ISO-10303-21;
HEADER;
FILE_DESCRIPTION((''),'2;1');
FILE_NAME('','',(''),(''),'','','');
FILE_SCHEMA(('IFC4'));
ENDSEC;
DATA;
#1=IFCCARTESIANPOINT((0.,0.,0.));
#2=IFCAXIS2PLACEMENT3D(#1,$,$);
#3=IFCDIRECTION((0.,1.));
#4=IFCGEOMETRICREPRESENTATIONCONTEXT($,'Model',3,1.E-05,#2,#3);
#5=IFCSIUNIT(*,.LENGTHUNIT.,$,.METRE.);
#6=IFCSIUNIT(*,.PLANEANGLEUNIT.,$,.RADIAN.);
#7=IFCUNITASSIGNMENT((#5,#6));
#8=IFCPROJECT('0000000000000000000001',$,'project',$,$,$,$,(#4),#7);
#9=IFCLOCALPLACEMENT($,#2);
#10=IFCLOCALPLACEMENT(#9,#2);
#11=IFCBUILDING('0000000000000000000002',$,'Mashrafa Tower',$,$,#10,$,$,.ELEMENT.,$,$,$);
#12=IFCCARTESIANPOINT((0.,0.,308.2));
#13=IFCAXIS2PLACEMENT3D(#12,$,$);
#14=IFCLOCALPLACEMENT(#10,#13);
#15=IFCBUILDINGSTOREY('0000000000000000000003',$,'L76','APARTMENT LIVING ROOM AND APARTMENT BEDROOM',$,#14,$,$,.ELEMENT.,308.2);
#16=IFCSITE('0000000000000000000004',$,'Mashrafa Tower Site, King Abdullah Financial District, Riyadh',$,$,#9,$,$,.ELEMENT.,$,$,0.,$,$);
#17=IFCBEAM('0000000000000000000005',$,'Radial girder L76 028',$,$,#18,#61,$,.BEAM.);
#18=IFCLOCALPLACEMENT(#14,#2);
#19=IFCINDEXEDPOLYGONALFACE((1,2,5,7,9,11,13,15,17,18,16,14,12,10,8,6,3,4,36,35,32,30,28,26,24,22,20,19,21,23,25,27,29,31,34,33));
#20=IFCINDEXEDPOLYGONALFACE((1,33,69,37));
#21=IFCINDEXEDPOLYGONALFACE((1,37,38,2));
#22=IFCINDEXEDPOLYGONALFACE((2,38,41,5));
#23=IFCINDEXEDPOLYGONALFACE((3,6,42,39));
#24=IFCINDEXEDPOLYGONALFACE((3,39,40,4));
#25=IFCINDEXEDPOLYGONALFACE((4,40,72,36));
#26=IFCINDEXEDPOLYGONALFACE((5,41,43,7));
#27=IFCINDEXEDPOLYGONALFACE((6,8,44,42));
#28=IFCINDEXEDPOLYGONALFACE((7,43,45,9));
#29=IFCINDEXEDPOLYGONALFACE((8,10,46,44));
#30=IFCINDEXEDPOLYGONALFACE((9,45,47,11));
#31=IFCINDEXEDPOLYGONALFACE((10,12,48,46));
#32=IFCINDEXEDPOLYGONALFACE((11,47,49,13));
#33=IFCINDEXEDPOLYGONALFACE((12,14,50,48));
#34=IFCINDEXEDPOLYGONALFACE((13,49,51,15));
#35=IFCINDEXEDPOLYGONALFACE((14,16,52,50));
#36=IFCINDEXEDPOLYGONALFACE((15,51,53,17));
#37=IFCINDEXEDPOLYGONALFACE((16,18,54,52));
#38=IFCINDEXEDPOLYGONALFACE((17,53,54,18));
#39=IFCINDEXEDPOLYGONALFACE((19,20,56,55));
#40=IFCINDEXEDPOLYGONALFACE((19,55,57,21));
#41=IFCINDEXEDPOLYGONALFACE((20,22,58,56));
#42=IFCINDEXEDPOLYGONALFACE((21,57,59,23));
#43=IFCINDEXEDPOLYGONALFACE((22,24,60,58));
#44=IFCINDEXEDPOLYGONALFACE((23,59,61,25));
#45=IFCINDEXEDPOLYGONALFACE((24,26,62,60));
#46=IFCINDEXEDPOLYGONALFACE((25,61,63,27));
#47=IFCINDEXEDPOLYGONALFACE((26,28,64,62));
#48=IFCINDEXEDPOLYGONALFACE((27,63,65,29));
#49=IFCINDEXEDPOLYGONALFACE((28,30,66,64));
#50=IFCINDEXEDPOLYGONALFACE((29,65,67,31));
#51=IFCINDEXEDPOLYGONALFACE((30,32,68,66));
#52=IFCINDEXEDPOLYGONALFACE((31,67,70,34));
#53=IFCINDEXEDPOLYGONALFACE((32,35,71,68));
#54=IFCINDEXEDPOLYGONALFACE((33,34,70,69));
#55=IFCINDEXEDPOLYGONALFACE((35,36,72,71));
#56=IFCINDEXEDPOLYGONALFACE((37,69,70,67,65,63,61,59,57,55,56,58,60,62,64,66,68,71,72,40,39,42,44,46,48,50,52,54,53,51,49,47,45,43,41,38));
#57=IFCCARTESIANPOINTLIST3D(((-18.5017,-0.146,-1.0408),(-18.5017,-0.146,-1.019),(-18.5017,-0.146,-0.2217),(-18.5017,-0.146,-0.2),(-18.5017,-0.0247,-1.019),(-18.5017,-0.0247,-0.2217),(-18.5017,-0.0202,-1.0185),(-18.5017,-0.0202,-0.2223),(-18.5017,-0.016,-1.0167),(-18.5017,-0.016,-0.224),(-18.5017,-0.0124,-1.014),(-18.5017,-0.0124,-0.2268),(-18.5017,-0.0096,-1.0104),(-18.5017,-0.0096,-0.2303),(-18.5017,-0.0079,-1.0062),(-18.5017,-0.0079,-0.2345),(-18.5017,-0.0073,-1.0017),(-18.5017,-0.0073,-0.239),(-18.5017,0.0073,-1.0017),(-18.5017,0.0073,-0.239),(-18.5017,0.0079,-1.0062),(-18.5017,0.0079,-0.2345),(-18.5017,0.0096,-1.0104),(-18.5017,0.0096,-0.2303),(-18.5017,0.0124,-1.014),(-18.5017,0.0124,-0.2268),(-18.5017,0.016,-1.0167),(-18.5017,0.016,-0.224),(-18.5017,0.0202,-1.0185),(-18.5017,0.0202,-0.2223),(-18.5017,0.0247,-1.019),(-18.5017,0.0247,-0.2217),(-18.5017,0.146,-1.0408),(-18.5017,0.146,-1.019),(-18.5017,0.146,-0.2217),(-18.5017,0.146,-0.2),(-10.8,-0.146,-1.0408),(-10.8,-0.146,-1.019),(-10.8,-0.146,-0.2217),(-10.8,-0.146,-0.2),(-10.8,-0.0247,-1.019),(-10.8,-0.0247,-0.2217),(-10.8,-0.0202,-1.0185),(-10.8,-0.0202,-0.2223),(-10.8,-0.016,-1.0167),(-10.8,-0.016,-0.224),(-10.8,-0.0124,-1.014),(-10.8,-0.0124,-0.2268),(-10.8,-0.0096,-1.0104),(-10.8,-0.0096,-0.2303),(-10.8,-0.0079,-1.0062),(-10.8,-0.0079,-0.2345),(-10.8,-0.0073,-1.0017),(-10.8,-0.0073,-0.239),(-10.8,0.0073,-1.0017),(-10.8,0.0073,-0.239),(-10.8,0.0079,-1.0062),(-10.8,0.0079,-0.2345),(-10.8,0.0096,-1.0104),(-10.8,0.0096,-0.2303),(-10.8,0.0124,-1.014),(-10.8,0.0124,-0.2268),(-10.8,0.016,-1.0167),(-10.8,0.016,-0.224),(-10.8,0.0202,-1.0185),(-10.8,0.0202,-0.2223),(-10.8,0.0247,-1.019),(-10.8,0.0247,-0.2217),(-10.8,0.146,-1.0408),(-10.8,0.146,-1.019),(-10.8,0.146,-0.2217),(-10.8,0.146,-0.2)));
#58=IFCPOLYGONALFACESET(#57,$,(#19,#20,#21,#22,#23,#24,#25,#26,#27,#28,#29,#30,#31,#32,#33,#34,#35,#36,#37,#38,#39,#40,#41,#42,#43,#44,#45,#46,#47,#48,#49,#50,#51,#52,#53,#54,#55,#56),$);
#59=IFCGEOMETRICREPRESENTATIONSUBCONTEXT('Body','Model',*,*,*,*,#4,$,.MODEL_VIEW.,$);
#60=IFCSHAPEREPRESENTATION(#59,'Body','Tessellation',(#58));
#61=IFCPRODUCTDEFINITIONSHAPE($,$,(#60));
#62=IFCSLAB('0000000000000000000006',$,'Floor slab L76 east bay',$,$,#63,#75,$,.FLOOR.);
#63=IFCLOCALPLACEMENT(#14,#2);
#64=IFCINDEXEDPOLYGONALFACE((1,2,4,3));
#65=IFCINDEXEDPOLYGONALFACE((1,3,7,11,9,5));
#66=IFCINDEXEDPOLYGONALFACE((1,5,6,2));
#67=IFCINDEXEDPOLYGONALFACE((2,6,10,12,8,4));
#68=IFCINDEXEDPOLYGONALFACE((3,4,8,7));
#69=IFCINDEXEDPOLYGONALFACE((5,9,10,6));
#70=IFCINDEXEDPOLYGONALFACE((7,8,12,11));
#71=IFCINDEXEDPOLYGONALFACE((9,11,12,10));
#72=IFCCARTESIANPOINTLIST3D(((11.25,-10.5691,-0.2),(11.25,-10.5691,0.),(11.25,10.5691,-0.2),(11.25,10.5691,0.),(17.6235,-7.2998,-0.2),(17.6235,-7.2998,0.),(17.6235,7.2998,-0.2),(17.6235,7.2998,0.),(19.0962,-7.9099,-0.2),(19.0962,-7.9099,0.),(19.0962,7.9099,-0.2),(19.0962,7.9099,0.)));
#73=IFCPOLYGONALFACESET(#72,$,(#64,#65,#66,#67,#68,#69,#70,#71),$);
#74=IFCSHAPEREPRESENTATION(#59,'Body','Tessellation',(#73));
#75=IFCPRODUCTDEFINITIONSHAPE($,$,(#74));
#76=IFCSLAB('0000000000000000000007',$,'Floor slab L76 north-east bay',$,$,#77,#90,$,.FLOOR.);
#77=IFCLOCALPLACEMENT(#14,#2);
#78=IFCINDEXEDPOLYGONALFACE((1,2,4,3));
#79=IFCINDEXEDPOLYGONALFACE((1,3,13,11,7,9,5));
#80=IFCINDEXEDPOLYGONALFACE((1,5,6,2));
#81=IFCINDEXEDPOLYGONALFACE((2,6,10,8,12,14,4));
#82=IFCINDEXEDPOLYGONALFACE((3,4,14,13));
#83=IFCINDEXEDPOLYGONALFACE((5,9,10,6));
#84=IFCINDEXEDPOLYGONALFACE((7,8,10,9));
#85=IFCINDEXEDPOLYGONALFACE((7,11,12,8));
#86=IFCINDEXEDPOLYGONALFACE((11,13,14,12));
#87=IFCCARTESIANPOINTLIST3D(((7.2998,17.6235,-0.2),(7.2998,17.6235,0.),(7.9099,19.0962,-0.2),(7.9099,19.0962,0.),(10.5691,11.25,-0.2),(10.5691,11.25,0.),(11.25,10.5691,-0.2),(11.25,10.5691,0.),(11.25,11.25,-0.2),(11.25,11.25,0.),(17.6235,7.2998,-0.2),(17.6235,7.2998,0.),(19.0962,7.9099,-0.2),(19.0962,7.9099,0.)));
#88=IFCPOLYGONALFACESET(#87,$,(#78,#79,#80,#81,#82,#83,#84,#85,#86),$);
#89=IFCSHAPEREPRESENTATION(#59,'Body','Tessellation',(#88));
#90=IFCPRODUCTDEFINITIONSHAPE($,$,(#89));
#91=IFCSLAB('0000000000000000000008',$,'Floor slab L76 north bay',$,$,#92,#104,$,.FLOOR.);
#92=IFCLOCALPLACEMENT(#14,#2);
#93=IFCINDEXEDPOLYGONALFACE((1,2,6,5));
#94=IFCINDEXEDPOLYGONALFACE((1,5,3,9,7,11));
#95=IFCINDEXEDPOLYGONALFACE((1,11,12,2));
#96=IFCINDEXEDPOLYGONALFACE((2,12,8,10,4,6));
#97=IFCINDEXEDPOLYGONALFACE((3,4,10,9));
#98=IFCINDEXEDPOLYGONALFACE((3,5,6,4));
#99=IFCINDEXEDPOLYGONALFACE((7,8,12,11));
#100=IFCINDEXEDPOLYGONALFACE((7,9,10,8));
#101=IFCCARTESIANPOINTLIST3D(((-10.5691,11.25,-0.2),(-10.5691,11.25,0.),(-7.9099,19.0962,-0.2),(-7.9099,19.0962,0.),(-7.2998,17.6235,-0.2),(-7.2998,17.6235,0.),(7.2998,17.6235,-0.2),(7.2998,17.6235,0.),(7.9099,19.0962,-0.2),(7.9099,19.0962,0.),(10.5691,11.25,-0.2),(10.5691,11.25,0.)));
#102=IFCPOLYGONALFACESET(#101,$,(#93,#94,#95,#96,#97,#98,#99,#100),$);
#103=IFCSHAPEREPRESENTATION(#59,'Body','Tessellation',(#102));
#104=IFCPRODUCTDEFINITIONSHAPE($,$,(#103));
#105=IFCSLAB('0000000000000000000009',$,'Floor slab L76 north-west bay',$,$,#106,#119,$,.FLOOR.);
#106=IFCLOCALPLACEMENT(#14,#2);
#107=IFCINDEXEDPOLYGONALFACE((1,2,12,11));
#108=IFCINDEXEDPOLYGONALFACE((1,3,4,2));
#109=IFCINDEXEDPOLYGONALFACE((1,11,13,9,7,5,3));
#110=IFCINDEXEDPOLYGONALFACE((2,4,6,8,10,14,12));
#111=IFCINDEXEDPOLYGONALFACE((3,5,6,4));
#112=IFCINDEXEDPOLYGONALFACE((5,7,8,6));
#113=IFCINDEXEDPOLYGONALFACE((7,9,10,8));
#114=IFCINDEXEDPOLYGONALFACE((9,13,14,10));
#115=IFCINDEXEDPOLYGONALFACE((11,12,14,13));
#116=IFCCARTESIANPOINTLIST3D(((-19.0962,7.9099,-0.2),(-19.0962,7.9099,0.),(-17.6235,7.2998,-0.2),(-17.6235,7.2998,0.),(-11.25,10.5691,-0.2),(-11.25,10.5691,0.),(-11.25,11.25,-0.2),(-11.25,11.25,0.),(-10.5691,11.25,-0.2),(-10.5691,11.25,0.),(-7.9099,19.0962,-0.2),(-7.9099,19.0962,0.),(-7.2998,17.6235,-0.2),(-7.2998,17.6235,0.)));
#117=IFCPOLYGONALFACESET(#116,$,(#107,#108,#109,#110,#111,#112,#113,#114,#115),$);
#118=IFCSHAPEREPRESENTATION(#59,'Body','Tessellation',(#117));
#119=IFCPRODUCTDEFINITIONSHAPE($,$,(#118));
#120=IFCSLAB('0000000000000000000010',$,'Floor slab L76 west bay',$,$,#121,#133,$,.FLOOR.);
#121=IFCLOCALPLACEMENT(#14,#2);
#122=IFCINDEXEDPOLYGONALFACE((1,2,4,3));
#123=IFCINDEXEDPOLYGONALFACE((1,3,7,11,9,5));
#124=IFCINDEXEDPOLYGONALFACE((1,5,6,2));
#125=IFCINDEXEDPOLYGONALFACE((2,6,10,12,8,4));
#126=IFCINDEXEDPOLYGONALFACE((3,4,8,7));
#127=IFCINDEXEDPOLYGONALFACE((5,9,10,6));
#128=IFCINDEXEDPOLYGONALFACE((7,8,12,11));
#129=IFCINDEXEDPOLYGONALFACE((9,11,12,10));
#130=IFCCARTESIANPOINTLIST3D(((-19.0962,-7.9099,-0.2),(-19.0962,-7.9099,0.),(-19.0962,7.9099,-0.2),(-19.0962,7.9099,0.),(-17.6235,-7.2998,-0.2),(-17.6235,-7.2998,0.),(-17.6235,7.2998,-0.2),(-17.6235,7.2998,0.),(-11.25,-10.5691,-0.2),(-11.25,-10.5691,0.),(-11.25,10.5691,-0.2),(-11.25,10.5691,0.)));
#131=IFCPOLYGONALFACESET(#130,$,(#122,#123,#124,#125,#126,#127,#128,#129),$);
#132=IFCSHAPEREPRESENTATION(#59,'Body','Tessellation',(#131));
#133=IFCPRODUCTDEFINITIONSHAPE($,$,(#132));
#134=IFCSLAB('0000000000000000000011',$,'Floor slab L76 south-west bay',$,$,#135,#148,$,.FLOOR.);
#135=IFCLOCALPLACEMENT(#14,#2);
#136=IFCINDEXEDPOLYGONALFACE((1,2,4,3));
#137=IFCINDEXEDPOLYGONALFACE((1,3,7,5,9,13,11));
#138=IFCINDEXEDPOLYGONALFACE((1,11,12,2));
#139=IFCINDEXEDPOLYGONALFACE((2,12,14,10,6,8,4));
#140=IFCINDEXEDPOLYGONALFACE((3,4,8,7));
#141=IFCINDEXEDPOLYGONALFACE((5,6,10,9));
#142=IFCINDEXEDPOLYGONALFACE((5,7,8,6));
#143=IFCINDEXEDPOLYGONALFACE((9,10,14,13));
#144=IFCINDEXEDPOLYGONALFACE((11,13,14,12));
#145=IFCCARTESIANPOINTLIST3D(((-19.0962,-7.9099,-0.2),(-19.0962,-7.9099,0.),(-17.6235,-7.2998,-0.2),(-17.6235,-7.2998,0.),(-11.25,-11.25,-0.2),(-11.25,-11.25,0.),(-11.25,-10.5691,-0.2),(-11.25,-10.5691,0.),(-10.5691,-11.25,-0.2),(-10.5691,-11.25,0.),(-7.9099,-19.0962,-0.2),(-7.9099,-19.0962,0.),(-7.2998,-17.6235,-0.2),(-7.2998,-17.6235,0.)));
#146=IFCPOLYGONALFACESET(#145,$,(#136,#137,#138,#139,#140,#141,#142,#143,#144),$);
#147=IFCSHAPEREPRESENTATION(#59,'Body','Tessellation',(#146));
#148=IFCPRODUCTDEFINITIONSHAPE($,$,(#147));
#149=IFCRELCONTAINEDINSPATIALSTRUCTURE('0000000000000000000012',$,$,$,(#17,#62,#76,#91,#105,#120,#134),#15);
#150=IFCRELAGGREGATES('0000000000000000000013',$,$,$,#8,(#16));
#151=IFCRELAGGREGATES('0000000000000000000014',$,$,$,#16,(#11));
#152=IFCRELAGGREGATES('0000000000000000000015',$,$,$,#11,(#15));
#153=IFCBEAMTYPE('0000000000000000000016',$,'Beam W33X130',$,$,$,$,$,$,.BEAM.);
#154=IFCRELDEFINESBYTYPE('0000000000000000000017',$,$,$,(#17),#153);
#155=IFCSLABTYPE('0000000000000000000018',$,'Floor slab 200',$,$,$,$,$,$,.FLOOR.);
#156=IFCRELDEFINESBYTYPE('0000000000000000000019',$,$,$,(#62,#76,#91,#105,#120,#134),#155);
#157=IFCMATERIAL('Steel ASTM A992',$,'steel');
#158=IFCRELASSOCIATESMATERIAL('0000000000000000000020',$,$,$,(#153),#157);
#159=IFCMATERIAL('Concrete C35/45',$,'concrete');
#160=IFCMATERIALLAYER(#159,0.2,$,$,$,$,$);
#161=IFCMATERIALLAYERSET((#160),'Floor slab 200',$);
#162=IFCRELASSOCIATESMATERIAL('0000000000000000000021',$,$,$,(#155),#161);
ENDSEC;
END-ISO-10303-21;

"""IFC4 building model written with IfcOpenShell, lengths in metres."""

from ifc_helpers import new_model, si_unit, direction, frame, origin, origin_2d, place, context, subcontext, project, spatial, polyline, i_section, outline, extrude, material, layer, layer_set, material_profile, profile_set, type_object, element, save


model = new_model("IFC4")

# Units and contexts
model_context = context("Model", 3, precision=1e-05, world=origin(), true_north=direction((0.0, 1.0)))
body_context = subcontext(model_context, "Body", "Model", "MODEL_VIEW")
ifc_project = project(units=[si_unit("LENGTHUNIT", "METRE"), si_unit("PLANEANGLEUNIT", "RADIAN")], contexts=[model_context])

# Site, building, storey
site_placement = place(None, origin())
site = spatial("IfcSite", under=ifc_project, at=site_placement, Name="Mashrafa Tower Site, King Abdullah Financial District, Riyadh", CompositionType="ELEMENT", RefElevation=0.0)
building_placement = place(site_placement, origin())
building = spatial("IfcBuilding", under=site, at=building_placement, Name="Mashrafa Tower", CompositionType="ELEMENT")
storey_placement = place(building_placement, frame((0.0, 0.0, 308.2)))
storey = spatial("IfcBuildingStorey", under=building, at=storey_placement, Name="L76", Description="APARTMENT LIVING ROOM AND APARTMENT BEDROOM", CompositionType="ELEMENT", Elevation=308.2)

# Beam
ifc_material_1 = material(Name="Steel ASTM A992", Category="steel")
ifc_material_profile = material_profile(ifc_material_1, i_section(OverallWidth=0.292, OverallDepth=0.8408, WebThickness=0.0146, FlangeThickness=0.0217, FilletRadius=0.0173, at=origin_2d()), Name="W33X130")
ifc_profile_set = profile_set([ifc_material_profile], Name="Steel ASTM A992")
beam_type = type_object("IfcBeamType", Name="Beam W33X130", PredefinedType="BEAM", material=ifc_profile_set)
beam_placement = place(storey_placement, frame((-10.8, 0.0, -0.6204), z_axis=(-1.0, 0.0, 0.0), x_axis=(0.0, -1.0, 0.0)))
element("IfcBeam", 1, at=beam_placement, inside=storey, type_object=beam_type, Name="Radial girder L76 028", PredefinedType="BEAM", context=body_context, shape_type="SweptSolid", body=[
    extrude(i_section(OverallWidth=0.292, OverallDepth=0.8408, WebThickness=0.0146, FlangeThickness=0.0217, FilletRadius=0.0173, at=origin_2d()), origin(), (0.0, 0.0, 1.0), 7.7017),
])

# Slabs
ifc_material_2 = material(Name="Concrete C35/45", Category="concrete")
ifc_layer_1 = layer(ifc_material_2, 0.2)
ifc_layer_set_1 = layer_set([ifc_layer_1], Name="Floor slab 200")
slab_type = type_object("IfcSlabType", Name="Floor slab 200", PredefinedType="FLOOR", material=ifc_layer_set_1)
slab_1_placement = place(storey_placement, frame((0.0, 0.0, -0.2)))
element("IfcSlab", 2, at=slab_1_placement, inside=storey, type_object=slab_type, Name="Floor slab L76 east bay", PredefinedType="FLOOR", context=body_context, shape_type="SweptSolid", body=[
    extrude(outline(polyline([(19.0962, -7.9099), (17.6235, -7.2998), (11.25, -10.5691), (11.25, 10.5691), (17.6235, 7.2998), (19.0962, 7.9099), (19.0962, -7.9099)])), origin(), (0.0, 0.0, 1.0), 0.2),
])
slab_2_placement = place(storey_placement, frame((0.0, 0.0, -0.2)))
element("IfcSlab", 3, at=slab_2_placement, inside=storey, type_object=slab_type, Name="Floor slab L76 north-east bay", PredefinedType="FLOOR", context=body_context, shape_type="SweptSolid", body=[
    extrude(outline(polyline([(7.9099, 19.0962), (19.0962, 7.9099), (19.0962, 7.9099), (17.6235, 7.2998), (11.25, 10.5691), (11.25, 11.25), (10.5691, 11.25), (7.2998, 17.6235), (7.9099, 19.0962), (7.9099, 19.0962)])), origin(), (0.0, 0.0, 1.0), 0.2),
])
slab_3_placement = place(storey_placement, frame((0.0, 0.0, -0.2)))
element("IfcSlab", 4, at=slab_3_placement, inside=storey, type_object=slab_type, Name="Floor slab L76 north bay", PredefinedType="FLOOR", context=body_context, shape_type="SweptSolid", body=[
    extrude(outline(polyline([(7.9099, 19.0962), (7.2998, 17.6235), (10.5691, 11.25), (-10.5691, 11.25), (-7.2998, 17.6235), (-7.9099, 19.0962), (7.9099, 19.0962)])), origin(), (0.0, 0.0, 1.0), 0.2),
])
slab_4_placement = place(storey_placement, frame((0.0, 0.0, -0.2)))
element("IfcSlab", 5, at=slab_4_placement, inside=storey, type_object=slab_type, Name="Floor slab L76 north-west bay", PredefinedType="FLOOR", context=body_context, shape_type="SweptSolid", body=[
    extrude(outline(polyline([(-19.0962, 7.9099), (-7.9099, 19.0962), (-7.9099, 19.0962), (-7.2998, 17.6235), (-10.5691, 11.25), (-11.25, 11.25), (-11.25, 10.5691), (-17.6235, 7.2998), (-19.0962, 7.9099), (-19.0962, 7.9099)])), origin(), (0.0, 0.0, 1.0), 0.2),
])
slab_5_placement = place(storey_placement, frame((0.0, 0.0, -0.2)))
element("IfcSlab", 6, at=slab_5_placement, inside=storey, type_object=slab_type, Name="Floor slab L76 west bay", PredefinedType="FLOOR", context=body_context, shape_type="SweptSolid", body=[
    extrude(outline(polyline([(-19.0962, 7.9099), (-17.6235, 7.2998), (-11.25, 10.5691), (-11.25, -10.5691), (-17.6235, -7.2998), (-19.0962, -7.9099), (-19.0962, 7.9099)])), origin(), (0.0, 0.0, 1.0), 0.2),
])
slab_6_placement = place(storey_placement, frame((0.0, 0.0, -0.2)))
element("IfcSlab", 7, at=slab_6_placement, inside=storey, type_object=slab_type, Name="Floor slab L76 south-west bay", PredefinedType="FLOOR", context=body_context, shape_type="SweptSolid", body=[
    extrude(outline(polyline([(-7.9099, -19.0962), (-19.0962, -7.9099), (-19.0962, -7.9099), (-17.6235, -7.2998), (-11.25, -10.5691), (-11.25, -11.25), (-10.5691, -11.25), (-7.2998, -17.6235), (-7.9099, -19.0962), (-7.9099, -19.0962)])), origin(), (0.0, 0.0, 1.0), 0.2),
])

save(model, "model.ifc")
